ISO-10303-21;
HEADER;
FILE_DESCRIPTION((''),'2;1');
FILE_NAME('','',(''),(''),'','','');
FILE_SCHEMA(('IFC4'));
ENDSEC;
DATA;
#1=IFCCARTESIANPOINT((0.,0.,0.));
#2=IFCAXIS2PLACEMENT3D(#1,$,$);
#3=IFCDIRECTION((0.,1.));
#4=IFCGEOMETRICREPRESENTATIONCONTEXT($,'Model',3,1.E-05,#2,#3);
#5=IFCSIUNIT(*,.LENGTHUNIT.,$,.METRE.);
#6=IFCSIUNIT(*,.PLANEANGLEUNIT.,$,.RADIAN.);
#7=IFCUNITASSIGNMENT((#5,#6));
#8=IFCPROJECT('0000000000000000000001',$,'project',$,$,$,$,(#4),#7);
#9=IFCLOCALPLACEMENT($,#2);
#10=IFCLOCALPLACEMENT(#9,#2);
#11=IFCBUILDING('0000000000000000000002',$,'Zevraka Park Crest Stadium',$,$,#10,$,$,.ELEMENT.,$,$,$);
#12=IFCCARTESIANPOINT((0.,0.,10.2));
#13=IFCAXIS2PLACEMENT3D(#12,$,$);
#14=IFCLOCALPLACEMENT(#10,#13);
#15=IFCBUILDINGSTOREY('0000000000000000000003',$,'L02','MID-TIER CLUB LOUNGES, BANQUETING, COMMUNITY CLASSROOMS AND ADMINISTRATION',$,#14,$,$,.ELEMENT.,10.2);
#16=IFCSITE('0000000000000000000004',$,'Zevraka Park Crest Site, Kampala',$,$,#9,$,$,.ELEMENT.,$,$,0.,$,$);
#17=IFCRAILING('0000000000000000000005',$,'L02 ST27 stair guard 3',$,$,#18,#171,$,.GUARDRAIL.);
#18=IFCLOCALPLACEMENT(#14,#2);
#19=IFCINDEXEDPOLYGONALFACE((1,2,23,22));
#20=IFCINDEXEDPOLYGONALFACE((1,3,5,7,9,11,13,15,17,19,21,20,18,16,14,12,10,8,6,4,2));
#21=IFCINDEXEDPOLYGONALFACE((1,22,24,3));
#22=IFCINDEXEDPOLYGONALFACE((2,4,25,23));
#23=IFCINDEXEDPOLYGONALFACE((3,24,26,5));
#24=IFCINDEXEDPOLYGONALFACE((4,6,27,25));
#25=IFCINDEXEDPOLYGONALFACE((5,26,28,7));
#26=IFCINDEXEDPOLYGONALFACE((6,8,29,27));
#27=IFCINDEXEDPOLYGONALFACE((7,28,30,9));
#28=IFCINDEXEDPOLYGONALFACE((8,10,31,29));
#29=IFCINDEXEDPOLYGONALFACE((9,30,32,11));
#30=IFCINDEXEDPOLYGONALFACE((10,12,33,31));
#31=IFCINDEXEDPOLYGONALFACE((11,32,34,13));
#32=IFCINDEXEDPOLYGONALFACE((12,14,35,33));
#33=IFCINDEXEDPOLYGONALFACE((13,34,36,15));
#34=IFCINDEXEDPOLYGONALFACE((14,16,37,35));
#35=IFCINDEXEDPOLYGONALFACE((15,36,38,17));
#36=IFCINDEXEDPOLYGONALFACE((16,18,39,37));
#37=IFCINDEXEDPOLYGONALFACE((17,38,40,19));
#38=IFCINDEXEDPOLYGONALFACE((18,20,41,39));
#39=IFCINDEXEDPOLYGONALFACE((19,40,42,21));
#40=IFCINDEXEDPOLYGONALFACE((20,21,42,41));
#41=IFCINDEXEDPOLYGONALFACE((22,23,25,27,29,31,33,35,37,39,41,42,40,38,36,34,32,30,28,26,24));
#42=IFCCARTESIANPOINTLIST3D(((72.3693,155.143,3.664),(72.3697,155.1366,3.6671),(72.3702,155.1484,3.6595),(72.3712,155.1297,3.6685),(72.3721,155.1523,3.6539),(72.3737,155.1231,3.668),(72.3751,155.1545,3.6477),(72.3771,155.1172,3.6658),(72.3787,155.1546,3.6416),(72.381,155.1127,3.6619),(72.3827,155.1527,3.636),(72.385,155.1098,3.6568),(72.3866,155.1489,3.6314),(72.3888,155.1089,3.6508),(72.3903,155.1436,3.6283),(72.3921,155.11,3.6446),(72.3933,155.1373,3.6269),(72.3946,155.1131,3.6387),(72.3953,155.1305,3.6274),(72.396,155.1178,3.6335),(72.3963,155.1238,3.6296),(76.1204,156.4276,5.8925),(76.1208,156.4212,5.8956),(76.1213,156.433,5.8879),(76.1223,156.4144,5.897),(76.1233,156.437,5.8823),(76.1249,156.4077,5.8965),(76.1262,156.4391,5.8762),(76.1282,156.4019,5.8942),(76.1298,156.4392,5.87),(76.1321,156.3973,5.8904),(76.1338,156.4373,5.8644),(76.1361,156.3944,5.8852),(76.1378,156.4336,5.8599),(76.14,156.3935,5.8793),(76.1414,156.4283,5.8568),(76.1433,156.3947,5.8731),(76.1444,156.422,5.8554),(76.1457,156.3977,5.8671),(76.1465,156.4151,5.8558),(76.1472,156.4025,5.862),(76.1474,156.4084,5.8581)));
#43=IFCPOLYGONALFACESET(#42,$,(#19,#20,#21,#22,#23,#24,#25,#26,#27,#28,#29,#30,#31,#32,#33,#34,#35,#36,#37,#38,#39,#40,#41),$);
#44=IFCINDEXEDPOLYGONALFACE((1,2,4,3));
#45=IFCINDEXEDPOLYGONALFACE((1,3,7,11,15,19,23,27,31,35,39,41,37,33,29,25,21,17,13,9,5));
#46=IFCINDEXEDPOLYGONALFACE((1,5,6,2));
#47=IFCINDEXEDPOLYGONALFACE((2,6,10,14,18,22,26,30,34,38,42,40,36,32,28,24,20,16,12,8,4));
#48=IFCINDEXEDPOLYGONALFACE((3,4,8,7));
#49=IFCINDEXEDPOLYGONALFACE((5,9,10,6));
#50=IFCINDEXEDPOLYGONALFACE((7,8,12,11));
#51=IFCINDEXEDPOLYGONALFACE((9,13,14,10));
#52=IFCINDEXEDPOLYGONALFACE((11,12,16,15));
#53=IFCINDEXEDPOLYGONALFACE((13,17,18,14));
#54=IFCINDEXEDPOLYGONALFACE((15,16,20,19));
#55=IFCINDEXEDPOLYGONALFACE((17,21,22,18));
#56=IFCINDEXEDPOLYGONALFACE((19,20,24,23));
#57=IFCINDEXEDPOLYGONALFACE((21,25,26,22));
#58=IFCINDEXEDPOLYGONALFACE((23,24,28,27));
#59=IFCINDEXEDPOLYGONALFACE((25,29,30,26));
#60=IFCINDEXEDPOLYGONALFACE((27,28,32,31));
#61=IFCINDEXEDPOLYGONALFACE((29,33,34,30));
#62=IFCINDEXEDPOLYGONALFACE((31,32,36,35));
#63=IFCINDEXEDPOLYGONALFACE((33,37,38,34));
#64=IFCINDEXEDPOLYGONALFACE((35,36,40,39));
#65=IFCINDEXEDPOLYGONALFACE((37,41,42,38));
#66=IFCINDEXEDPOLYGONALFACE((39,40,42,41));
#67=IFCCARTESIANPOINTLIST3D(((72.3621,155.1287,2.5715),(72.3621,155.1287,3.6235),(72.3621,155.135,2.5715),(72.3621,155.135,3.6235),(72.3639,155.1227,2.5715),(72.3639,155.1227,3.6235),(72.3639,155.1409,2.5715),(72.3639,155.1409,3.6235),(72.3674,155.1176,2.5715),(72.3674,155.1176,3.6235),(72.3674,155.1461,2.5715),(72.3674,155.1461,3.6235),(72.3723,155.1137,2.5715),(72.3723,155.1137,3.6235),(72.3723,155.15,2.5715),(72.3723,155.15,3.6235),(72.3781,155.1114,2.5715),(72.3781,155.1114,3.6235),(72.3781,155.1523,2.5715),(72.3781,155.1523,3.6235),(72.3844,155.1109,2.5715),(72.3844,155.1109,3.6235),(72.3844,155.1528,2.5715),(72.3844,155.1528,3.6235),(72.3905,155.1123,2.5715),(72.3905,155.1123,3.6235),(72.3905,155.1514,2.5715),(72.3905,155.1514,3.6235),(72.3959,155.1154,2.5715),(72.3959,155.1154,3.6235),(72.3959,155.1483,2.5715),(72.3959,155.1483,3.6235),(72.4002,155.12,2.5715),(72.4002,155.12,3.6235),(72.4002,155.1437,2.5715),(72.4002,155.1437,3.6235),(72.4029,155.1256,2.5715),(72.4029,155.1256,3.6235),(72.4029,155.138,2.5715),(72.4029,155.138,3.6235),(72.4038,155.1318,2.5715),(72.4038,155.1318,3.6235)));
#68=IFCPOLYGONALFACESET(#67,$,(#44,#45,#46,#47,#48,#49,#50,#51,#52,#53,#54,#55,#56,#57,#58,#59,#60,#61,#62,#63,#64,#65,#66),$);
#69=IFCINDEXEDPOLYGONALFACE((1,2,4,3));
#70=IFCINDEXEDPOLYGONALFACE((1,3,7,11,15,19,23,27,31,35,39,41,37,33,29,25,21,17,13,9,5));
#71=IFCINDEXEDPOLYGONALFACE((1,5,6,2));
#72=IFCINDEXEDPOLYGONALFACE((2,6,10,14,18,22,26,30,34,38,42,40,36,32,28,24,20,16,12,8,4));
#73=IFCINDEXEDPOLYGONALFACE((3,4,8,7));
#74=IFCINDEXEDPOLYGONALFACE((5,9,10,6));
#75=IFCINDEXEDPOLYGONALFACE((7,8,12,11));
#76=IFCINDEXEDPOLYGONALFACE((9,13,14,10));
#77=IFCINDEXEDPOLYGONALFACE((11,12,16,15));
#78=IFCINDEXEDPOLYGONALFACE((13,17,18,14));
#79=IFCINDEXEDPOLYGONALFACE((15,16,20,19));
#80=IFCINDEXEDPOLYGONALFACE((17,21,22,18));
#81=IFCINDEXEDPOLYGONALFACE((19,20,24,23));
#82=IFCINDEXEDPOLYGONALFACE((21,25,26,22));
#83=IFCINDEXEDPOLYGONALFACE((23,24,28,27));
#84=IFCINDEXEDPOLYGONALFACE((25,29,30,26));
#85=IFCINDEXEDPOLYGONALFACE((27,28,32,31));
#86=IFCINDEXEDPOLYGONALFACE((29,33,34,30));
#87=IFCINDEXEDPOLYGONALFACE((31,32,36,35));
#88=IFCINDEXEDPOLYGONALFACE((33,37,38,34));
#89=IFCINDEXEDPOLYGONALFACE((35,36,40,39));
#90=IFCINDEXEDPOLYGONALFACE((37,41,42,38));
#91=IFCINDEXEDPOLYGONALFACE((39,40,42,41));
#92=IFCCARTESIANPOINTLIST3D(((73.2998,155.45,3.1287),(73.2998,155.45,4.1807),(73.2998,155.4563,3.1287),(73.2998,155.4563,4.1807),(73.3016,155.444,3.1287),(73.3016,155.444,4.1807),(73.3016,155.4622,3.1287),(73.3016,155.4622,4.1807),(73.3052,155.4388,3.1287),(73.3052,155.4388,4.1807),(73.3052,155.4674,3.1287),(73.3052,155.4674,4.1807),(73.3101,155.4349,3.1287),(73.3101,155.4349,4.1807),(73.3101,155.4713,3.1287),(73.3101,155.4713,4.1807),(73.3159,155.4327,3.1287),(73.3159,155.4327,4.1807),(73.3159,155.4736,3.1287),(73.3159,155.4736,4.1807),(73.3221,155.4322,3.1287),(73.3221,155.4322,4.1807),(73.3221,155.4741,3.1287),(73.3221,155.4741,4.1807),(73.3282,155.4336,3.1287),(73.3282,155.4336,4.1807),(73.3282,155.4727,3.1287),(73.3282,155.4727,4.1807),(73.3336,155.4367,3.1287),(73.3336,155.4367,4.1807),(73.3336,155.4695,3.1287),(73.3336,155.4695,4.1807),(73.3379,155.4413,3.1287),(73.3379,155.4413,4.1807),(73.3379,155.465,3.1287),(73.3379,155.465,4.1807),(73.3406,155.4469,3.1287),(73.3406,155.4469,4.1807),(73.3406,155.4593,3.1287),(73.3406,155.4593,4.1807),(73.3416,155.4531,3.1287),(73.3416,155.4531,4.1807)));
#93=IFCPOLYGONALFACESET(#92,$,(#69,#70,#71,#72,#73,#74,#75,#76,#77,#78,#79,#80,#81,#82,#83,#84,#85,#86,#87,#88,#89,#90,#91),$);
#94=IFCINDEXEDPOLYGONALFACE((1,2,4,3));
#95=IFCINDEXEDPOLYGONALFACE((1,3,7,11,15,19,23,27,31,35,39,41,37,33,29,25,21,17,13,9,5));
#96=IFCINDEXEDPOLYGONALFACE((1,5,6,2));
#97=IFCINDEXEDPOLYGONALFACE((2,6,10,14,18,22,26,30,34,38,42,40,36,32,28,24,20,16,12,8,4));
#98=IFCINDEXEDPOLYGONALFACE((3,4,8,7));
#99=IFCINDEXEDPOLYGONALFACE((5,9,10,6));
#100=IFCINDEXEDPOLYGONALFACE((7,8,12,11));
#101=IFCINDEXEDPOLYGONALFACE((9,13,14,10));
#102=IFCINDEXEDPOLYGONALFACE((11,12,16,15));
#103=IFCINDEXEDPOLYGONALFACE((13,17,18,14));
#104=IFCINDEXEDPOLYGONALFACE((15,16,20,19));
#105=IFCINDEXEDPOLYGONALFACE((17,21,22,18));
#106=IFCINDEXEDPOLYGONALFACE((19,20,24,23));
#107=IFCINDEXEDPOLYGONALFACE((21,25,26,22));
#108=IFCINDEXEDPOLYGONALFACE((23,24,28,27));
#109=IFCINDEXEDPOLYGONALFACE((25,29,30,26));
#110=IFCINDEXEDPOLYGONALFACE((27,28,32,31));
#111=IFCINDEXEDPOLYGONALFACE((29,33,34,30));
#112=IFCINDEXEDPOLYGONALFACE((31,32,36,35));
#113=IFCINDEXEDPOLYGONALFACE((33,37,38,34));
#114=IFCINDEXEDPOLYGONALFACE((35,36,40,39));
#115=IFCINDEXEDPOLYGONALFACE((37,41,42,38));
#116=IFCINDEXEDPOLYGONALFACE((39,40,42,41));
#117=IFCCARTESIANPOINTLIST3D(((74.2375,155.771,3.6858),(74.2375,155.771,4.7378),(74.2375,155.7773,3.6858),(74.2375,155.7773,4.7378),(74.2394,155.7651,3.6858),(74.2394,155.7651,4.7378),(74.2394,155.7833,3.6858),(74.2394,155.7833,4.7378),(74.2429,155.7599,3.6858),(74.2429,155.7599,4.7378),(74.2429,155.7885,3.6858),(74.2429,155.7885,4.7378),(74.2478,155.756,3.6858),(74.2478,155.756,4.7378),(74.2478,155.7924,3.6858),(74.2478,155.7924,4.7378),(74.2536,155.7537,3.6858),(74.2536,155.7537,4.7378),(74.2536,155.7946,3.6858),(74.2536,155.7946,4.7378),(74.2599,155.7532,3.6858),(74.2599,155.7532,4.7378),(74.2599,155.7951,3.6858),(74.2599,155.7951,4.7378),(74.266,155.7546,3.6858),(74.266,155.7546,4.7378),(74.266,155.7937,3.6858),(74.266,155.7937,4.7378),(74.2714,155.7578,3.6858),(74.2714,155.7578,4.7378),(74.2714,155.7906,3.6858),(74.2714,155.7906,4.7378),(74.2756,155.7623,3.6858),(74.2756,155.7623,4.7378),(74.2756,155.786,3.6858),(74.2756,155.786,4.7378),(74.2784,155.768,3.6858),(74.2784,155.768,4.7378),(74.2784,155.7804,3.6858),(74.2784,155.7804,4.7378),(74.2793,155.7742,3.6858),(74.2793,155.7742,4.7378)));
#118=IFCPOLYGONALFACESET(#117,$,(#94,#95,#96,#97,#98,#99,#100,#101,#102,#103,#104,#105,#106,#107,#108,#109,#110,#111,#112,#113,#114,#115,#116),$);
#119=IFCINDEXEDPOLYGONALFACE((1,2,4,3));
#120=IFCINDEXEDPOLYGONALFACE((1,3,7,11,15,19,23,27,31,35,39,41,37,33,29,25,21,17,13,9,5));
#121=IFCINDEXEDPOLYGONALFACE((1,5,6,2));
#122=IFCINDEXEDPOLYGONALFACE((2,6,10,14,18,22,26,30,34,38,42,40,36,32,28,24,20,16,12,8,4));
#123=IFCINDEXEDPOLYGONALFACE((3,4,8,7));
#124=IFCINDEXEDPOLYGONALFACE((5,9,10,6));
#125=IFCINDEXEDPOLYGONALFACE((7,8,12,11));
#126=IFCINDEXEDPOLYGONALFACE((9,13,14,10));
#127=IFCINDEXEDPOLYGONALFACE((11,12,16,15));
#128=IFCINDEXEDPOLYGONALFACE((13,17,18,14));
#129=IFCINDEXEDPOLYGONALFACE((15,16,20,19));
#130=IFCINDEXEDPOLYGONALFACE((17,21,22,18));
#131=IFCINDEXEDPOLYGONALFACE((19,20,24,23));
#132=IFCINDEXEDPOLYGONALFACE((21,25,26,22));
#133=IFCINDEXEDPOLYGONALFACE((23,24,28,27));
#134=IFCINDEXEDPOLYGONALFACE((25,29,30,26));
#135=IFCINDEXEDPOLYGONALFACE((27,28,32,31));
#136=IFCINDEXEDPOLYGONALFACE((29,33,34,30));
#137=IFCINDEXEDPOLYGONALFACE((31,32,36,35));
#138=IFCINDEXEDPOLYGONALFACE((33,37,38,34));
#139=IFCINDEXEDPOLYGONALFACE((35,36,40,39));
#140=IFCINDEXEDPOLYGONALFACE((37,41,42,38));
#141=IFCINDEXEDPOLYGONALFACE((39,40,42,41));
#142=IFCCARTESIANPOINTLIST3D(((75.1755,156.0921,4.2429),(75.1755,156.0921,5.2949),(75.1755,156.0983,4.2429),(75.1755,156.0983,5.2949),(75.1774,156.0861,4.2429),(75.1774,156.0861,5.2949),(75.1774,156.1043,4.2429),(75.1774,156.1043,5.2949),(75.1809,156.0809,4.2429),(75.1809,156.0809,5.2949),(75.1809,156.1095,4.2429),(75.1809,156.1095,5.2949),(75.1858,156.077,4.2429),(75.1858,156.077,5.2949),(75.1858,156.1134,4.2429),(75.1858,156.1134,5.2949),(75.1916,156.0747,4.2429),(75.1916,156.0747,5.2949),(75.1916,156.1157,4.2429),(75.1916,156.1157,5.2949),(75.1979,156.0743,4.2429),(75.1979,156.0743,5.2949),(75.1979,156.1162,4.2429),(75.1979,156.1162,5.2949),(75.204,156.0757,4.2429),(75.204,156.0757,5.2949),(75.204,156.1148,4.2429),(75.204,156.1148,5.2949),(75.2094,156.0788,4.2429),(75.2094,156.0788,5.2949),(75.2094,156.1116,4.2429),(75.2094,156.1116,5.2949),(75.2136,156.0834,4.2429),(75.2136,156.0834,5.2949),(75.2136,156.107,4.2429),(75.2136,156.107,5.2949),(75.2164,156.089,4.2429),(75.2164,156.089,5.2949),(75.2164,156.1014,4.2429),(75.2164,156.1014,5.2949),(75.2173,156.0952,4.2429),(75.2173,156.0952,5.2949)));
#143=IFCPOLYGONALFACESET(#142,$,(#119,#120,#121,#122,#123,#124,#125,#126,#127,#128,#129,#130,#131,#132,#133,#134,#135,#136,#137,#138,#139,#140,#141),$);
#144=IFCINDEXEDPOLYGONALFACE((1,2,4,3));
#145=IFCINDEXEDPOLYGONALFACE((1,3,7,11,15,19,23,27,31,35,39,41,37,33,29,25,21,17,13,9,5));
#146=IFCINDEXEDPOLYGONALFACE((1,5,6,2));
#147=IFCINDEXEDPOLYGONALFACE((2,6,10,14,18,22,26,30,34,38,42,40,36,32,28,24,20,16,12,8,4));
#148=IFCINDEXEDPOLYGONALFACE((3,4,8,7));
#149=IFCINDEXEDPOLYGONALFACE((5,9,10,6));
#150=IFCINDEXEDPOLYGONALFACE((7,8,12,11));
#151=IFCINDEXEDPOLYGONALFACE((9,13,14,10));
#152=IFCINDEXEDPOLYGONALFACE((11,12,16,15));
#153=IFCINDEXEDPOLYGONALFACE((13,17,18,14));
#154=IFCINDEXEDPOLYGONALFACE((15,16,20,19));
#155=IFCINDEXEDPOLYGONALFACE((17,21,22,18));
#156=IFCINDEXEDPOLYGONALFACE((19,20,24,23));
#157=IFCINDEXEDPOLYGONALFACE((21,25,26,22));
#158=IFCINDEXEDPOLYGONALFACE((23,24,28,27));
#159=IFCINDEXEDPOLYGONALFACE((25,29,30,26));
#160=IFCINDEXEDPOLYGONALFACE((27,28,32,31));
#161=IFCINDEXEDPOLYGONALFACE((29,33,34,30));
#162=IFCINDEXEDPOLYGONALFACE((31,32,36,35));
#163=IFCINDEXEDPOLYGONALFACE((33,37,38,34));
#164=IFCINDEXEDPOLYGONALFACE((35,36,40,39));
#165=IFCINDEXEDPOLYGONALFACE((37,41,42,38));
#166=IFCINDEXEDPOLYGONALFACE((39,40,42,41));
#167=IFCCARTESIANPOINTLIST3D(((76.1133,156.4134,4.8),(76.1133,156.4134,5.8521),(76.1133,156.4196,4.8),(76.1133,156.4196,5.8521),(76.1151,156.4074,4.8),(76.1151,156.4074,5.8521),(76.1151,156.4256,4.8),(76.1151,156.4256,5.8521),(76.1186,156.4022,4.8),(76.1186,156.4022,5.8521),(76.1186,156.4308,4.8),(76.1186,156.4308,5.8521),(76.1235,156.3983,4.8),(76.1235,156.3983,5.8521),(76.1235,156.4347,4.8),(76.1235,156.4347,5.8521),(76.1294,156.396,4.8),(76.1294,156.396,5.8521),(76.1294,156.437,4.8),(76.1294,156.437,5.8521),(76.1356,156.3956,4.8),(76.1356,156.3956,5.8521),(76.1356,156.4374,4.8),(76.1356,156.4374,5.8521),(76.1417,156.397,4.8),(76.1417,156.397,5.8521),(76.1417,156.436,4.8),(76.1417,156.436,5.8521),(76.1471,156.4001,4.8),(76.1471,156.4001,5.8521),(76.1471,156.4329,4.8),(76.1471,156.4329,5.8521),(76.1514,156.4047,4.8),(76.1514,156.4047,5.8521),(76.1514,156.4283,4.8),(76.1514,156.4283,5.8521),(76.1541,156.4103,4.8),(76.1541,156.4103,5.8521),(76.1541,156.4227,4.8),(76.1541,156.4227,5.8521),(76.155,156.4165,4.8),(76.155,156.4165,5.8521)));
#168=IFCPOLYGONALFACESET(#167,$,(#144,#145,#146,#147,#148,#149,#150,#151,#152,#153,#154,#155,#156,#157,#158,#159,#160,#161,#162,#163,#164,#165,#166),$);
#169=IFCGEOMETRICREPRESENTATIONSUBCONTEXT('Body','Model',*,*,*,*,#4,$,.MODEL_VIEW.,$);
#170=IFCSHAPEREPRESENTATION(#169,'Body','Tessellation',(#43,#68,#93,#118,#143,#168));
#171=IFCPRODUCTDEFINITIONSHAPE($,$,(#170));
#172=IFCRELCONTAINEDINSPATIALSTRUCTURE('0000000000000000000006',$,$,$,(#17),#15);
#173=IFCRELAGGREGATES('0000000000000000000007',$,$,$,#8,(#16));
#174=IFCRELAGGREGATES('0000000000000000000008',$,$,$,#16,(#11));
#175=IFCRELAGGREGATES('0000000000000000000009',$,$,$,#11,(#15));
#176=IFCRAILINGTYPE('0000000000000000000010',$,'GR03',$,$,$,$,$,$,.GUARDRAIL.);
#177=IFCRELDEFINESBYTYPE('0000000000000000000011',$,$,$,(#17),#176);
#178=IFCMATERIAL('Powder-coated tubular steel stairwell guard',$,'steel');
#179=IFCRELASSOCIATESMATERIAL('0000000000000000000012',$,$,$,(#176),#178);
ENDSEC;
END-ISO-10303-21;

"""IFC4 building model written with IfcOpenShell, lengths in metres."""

from ifc_helpers import new_model, si_unit, direction, frame, origin, origin_2d, place, context, subcontext, project, spatial, circle, extrude, material, type_object, element, save


model = new_model("IFC4")

# Units and contexts
model_context = context("Model", 3, precision=1e-05, world=origin(), true_north=direction((0.0, 1.0)))
body_context = subcontext(model_context, "Body", "Model", "MODEL_VIEW")
ifc_project = project(units=[si_unit("LENGTHUNIT", "METRE"), si_unit("PLANEANGLEUNIT", "RADIAN")], contexts=[model_context])

# Site, building, storey
site_placement = place(None, origin())
site = spatial("IfcSite", under=ifc_project, at=site_placement, Name="Zevraka Park Crest Site, Kampala", CompositionType="ELEMENT", RefElevation=0.0)
building_placement = place(site_placement, origin())
building = spatial("IfcBuilding", under=site, at=building_placement, Name="Zevraka Park Crest Stadium", CompositionType="ELEMENT")
storey_placement = place(building_placement, frame((0.0, 0.0, 10.2)))
storey = spatial("IfcBuildingStorey", under=building, at=storey_placement, Name="L02", Description="MID-TIER CLUB LOUNGES, BANQUETING, COMMUNITY CLASSROOMS AND ADMINISTRATION", CompositionType="ELEMENT", Elevation=10.2)

# Railing
ifc_material_1 = material(Name="Powder-coated tubular steel stairwell guard", Category="steel")
railing_type_1 = type_object("IfcRailingType", Name="GR03", PredefinedType="GUARDRAIL", material=ifc_material_1)
railing_1_placement = place(storey_placement, frame((72.3828, 155.1318, 2.5715)))
element("IfcRailing", 1, at=railing_1_placement, inside=storey, type_object=railing_type_1, Name="L02 ST27 stair guard 3", PredefinedType="GUARDRAIL", context=body_context, shape_type="SweptSolid", body=[
    extrude(circle(Radius=0.0239, at=origin_2d()), frame((0.0, 0.0, 1.0762), z_axis=(0.824727, 0.282441, 0.489952), x_axis=(-0.323994, 0.946059, 0.0)), (0.0, 0.0, 1.0), 4.5483),
    extrude(circle(Radius=0.021, at=origin_2d()), origin(), (0.0, 0.0, 1.0), 1.052),
    extrude(circle(Radius=0.021, at=origin_2d()), frame((0.9377, 0.3213, 0.5571)), (0.0, 0.0, 1.0), 1.052),
    extrude(circle(Radius=0.021, at=origin_2d()), frame((1.8755, 0.6423, 1.1143)), (0.0, 0.0, 1.0), 1.052),
    extrude(circle(Radius=0.021, at=origin_2d()), frame((2.8135, 0.9634, 1.6714)), (0.0, 0.0, 1.0), 1.052),
    extrude(circle(Radius=0.021, at=origin_2d()), frame((3.7512, 1.2847, 2.2285)), (0.0, 0.0, 1.0), 1.052),
])

save(model, "model.ifc")
